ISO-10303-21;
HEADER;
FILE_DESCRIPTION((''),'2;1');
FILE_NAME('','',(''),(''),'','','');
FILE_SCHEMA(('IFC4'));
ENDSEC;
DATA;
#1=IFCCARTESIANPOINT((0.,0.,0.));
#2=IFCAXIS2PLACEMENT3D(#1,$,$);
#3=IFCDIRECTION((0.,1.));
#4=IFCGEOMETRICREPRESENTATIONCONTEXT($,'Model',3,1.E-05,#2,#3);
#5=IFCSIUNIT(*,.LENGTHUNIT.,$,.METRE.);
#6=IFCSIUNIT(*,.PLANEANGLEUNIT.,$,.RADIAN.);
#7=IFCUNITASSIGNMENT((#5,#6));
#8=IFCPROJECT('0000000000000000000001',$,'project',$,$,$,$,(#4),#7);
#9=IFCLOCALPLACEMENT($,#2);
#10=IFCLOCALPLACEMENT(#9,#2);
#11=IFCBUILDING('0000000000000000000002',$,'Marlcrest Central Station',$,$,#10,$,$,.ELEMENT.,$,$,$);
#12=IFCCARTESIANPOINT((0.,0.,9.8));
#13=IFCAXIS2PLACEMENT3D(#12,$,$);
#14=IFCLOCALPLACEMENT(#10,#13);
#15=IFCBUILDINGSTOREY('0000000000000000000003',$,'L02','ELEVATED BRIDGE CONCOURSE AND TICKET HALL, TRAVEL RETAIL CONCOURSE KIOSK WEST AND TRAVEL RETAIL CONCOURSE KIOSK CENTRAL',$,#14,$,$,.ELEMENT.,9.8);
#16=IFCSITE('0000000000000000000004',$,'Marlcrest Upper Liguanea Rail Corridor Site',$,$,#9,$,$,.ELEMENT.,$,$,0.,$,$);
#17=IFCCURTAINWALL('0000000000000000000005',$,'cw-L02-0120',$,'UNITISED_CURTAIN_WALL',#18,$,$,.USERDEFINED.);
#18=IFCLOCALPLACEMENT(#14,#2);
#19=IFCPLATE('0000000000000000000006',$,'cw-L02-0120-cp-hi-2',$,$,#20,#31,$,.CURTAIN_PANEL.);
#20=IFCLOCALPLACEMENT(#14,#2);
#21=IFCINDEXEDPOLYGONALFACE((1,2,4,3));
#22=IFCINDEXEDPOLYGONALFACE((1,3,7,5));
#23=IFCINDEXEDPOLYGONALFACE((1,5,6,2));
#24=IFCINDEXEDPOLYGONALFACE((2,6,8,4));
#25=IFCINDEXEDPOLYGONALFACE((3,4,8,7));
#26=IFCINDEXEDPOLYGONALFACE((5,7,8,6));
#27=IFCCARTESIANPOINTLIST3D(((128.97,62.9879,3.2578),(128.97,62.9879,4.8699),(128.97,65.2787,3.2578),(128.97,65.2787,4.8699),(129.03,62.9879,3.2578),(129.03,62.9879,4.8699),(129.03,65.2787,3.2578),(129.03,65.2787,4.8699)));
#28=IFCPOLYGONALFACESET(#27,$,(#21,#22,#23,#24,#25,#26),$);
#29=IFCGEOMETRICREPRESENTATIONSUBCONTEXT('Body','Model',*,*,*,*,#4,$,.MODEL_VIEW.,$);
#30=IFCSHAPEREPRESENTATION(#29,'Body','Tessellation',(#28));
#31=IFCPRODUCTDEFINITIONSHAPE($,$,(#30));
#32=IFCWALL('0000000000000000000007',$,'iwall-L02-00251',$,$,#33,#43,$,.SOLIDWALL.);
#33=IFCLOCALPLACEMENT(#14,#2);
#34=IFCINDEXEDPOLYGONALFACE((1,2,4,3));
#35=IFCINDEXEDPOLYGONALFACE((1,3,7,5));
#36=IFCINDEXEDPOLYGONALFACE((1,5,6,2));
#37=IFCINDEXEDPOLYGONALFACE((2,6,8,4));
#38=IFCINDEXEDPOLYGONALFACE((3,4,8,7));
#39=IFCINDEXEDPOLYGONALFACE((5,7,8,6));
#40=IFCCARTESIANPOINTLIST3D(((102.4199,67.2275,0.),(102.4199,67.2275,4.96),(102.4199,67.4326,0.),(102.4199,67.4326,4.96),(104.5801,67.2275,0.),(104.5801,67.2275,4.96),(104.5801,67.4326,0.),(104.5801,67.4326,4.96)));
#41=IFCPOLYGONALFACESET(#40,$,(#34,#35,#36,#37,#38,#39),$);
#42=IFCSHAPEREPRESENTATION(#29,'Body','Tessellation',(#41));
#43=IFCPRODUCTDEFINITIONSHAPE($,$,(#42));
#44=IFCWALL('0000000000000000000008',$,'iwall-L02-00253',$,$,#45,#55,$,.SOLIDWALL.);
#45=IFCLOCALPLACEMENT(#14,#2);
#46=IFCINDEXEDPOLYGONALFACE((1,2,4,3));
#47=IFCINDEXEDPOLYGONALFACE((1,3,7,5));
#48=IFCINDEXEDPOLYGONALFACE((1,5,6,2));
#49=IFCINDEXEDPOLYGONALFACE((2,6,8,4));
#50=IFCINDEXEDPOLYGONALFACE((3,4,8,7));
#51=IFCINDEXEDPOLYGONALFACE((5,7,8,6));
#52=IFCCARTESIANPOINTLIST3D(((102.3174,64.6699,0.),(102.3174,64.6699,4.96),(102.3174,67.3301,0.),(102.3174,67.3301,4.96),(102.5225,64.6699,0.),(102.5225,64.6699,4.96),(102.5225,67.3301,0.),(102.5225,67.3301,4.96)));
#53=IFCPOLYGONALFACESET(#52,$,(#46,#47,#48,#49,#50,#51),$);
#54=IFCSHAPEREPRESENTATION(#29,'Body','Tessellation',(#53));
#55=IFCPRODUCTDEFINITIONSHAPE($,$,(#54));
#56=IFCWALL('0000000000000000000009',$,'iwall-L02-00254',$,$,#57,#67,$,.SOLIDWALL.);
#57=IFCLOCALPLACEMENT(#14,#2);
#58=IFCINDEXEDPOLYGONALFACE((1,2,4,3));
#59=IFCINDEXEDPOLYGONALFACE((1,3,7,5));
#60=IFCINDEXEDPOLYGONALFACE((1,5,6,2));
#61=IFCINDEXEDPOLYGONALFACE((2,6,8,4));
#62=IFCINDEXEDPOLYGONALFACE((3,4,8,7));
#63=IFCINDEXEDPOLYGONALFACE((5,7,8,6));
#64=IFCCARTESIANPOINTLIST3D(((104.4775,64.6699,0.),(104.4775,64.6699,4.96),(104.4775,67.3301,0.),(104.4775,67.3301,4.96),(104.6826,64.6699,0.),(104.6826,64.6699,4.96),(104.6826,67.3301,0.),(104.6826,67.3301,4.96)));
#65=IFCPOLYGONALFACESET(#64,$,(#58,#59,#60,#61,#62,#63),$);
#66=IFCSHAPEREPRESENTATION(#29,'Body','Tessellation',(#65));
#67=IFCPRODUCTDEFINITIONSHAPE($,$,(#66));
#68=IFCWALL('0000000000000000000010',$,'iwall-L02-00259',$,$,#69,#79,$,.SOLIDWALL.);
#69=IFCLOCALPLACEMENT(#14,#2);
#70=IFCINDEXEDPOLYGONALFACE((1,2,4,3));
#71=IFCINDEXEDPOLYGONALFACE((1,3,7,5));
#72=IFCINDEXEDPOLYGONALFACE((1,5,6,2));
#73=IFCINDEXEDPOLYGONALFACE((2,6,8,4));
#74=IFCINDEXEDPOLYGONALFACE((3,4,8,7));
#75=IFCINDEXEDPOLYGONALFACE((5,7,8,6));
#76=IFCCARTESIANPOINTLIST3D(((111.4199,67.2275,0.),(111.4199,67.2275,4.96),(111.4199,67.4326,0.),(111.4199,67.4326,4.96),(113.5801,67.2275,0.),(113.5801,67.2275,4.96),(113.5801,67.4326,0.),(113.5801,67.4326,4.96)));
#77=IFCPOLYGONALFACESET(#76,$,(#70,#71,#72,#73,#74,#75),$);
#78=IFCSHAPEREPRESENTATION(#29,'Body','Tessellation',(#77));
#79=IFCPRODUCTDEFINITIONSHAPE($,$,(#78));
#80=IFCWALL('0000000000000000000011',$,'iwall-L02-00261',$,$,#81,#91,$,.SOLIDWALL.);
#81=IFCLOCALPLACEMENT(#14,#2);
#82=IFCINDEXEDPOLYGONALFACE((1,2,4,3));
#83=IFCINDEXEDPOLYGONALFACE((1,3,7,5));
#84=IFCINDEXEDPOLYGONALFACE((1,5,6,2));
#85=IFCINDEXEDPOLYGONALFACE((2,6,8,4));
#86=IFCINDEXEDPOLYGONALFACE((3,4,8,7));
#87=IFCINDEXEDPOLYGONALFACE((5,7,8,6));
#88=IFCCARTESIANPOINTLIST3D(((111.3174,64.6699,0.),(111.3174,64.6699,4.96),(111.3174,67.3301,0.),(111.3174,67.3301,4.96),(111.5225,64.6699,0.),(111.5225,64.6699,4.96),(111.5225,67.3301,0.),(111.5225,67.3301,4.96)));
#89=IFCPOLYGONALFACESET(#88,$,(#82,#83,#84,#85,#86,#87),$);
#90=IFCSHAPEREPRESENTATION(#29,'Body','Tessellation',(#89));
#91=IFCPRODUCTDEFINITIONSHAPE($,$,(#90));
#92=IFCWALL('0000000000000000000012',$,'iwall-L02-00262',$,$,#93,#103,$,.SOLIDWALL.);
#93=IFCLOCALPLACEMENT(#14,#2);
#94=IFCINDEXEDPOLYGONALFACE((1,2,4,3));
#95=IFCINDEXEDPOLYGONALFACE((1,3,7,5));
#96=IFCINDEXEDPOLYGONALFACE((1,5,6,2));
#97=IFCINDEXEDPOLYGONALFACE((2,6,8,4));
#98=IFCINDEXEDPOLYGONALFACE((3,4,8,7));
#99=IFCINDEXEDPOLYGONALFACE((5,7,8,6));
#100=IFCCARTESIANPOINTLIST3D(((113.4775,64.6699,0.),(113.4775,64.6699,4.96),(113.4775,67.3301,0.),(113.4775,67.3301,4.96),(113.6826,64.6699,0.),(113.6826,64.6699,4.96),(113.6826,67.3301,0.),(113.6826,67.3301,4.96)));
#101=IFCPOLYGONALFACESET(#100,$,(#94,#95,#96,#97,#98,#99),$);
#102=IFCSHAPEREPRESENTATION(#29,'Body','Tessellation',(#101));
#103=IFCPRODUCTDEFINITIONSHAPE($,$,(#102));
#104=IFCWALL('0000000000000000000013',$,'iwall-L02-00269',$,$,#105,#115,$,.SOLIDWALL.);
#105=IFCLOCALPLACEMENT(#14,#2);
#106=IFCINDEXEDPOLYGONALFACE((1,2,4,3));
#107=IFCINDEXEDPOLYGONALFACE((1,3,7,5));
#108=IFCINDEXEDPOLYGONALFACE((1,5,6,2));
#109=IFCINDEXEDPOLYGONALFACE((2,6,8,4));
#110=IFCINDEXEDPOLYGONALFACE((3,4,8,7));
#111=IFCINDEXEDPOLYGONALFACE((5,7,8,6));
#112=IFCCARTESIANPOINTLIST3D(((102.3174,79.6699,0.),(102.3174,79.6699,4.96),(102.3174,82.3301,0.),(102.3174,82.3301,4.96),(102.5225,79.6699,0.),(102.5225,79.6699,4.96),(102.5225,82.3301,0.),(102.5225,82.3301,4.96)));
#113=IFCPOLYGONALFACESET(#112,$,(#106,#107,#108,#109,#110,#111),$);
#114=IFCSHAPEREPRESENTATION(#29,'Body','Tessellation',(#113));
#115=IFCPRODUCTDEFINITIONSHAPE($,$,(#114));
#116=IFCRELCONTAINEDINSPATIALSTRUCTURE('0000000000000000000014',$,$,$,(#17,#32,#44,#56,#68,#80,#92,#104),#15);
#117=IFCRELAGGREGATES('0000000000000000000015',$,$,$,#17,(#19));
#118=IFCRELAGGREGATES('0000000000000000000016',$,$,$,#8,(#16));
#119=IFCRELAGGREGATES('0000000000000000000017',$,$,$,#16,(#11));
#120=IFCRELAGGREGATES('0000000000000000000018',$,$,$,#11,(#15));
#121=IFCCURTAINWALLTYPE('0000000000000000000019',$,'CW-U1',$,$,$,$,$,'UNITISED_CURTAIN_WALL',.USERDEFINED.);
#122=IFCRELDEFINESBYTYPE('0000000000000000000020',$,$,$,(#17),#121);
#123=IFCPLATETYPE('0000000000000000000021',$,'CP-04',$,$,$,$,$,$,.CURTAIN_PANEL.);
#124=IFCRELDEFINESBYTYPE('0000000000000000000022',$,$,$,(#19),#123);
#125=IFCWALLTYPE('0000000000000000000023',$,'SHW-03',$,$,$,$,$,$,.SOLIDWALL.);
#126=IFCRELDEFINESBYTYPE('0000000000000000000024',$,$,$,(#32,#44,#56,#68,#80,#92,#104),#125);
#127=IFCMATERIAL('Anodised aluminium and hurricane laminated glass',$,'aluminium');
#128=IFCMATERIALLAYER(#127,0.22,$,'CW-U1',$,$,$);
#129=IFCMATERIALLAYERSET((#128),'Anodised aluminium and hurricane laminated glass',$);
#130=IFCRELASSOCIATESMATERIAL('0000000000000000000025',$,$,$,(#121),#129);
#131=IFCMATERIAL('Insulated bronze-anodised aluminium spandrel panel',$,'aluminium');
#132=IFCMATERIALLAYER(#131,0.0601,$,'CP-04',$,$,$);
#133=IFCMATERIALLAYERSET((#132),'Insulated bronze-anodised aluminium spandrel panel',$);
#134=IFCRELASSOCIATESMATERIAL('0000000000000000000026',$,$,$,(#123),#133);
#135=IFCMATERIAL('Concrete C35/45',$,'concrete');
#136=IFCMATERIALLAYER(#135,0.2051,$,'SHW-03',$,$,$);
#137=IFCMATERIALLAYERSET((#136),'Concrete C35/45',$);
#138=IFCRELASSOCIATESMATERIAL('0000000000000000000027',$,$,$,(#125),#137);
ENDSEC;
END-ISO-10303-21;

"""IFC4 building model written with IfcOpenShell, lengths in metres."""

from ifc_helpers import new_model, si_unit, direction, frame, frame_2d, origin, origin_2d, place, context, subcontext, project, spatial, rectangle, extrude, material, layer, layer_set, type_object, element, aggregate, save


model = new_model("IFC4")

# Units and contexts
model_context = context("Model", 3, precision=1e-05, world=origin(), true_north=direction((0.0, 1.0)))
body_context = subcontext(model_context, "Body", "Model", "MODEL_VIEW")
ifc_project = project(units=[si_unit("LENGTHUNIT", "METRE"), si_unit("PLANEANGLEUNIT", "RADIAN")], contexts=[model_context])

# Site, building, storey
site_placement = place(None, origin())
site = spatial("IfcSite", under=ifc_project, at=site_placement, Name="Marlcrest Upper Liguanea Rail Corridor Site", CompositionType="ELEMENT", RefElevation=0.0)
building_placement = place(site_placement, origin())
building = spatial("IfcBuilding", under=site, at=building_placement, Name="Marlcrest Central Station", CompositionType="ELEMENT")
storey_placement = place(building_placement, frame((0.0, 0.0, 9.8)))
storey = spatial("IfcBuildingStorey", under=building, at=storey_placement, Name="L02", Description="ELEVATED BRIDGE CONCOURSE AND TICKET HALL, TRAVEL RETAIL CONCOURSE KIOSK WEST AND TRAVEL RETAIL CONCOURSE KIOSK CENTRAL", CompositionType="ELEMENT", Elevation=9.8)

# Curtain wall, plate
ifc_material_1 = material(Name="Anodised aluminium and hurricane laminated glass", Category="aluminium")
ifc_layer_1 = layer(ifc_material_1, 0.22, Name="CW-U1")
ifc_layer_set_1 = layer_set([ifc_layer_1], Name="Anodised aluminium and hurricane laminated glass")
curtain_wall_type = type_object("IfcCurtainWallType", Name="CW-U1", ElementType="UNITISED_CURTAIN_WALL", PredefinedType="USERDEFINED", material=ifc_layer_set_1)
curtain_wall_placement = place(storey_placement, origin())
curtain_wall = element("IfcCurtainWall", 1, at=curtain_wall_placement, inside=storey, type_object=curtain_wall_type, Name="cw-L02-0120", ObjectType="UNITISED_CURTAIN_WALL", PredefinedType="USERDEFINED")
ifc_material_2 = material(Name="Insulated bronze-anodised aluminium spandrel panel", Category="aluminium")
ifc_layer_2 = layer(ifc_material_2, 0.0601, Name="CP-04")
ifc_layer_set_2 = layer_set([ifc_layer_2], Name="Insulated bronze-anodised aluminium spandrel panel")
plate_type_1 = type_object("IfcPlateType", Name="CP-04", PredefinedType="CURTAIN_PANEL", material=ifc_layer_set_2)
plate_1_placement = place(storey_placement, frame((129.0, 64.1333, 3.2578), z_axis=(0.0, 0.0, 1.0), x_axis=(0.0, -1.0, 0.0)))
plate_1 = element("IfcPlate", 2, at=plate_1_placement, type_object=plate_type_1, Name="cw-L02-0120-cp-hi-2", PredefinedType="CURTAIN_PANEL", context=body_context, shape_type="SweptSolid", body=[
    extrude(rectangle(XDim=2.2908, YDim=0.0601, at=origin_2d()), origin(), (0.0, 0.0, 1.0), 1.6121),
])
aggregate(curtain_wall, [plate_1])

# Wall
ifc_material_3 = material(Name="Concrete C35/45", Category="concrete")
ifc_layer_3 = layer(ifc_material_3, 0.2051, Name="SHW-03")
ifc_layer_set_3 = layer_set([ifc_layer_3], Name="Concrete C35/45")
wall_type = type_object("IfcWallType", Name="SHW-03", PredefinedType="SOLIDWALL", material=ifc_layer_set_3)
wall_1_placement = place(storey_placement, frame((102.4199, 67.3301, 0.0), z_axis=(0.0, 0.0, 1.0), x_axis=(1.0, 0.0, 0.0)))
element("IfcWall", 3, at=wall_1_placement, inside=storey, type_object=wall_type, Name="iwall-L02-00251", PredefinedType="SOLIDWALL", context=body_context, shape_type="SweptSolid", body=[
    extrude(rectangle(XDim=2.1602, YDim=0.2051, at=frame_2d((1.0801, 0.0))), origin(), (0.0, 0.0, 1.0), 4.96),
])

# Walls
for number, where, z_axis, x_axis, name in (
    (4, (102.4199, 64.6699, 0.0), (0.0, 0.0, 1.0), (0.0, 1.0, 0.0), "iwall-L02-00253"),
    (5, (104.5801, 67.3301, 0.0), (0.0, 0.0, 1.0), (0.0, -1.0, 0.0), "iwall-L02-00254"),
):
    element("IfcWall", number, at=place(storey_placement, frame(where, z_axis=z_axis, x_axis=x_axis)), inside=storey, type_object=wall_type, Name=name, PredefinedType="SOLIDWALL", context=body_context, shape_type="SweptSolid", body=[
        extrude(rectangle(XDim=2.6602, YDim=0.2051, at=frame_2d((1.3301, 0.0))), origin(), (0.0, 0.0, 1.0), 4.96),
    ])
wall_2_placement = place(storey_placement, frame((111.4199, 67.3301, 0.0), z_axis=(0.0, 0.0, 1.0), x_axis=(1.0, 0.0, 0.0)))
element("IfcWall", 6, at=wall_2_placement, inside=storey, type_object=wall_type, Name="iwall-L02-00259", PredefinedType="SOLIDWALL", context=body_context, shape_type="SweptSolid", body=[
    extrude(rectangle(XDim=2.1602, YDim=0.2051, at=frame_2d((1.0801, 0.0))), origin(), (0.0, 0.0, 1.0), 4.96),
])

# Walls
for number, where, z_axis, x_axis, name in (
    (7, (111.4199, 64.6699, 0.0), (0.0, 0.0, 1.0), (0.0, 1.0, 0.0), "iwall-L02-00261"),
    (8, (113.5801, 67.3301, 0.0), (0.0, 0.0, 1.0), (0.0, -1.0, 0.0), "iwall-L02-00262"),
):
    element("IfcWall", number, at=place(storey_placement, frame(where, z_axis=z_axis, x_axis=x_axis)), inside=storey, type_object=wall_type, Name=name, PredefinedType="SOLIDWALL", context=body_context, shape_type="SweptSolid", body=[
        extrude(rectangle(XDim=2.6602, YDim=0.2051, at=frame_2d((1.3301, 0.0))), origin(), (0.0, 0.0, 1.0), 4.96),
    ])

# Wall
wall_3_placement = place(storey_placement, frame((102.4199, 79.6699, 0.0), z_axis=(0.0, 0.0, 1.0), x_axis=(0.0, 1.0, 0.0)))
element("IfcWall", 9, at=wall_3_placement, inside=storey, type_object=wall_type, Name="iwall-L02-00269", PredefinedType="SOLIDWALL", context=body_context, shape_type="SweptSolid", body=[
    extrude(rectangle(XDim=2.6602, YDim=0.2051, at=frame_2d((1.3301, 0.0))), origin(), (0.0, 0.0, 1.0), 4.96),
])

save(model, "model.ifc")
